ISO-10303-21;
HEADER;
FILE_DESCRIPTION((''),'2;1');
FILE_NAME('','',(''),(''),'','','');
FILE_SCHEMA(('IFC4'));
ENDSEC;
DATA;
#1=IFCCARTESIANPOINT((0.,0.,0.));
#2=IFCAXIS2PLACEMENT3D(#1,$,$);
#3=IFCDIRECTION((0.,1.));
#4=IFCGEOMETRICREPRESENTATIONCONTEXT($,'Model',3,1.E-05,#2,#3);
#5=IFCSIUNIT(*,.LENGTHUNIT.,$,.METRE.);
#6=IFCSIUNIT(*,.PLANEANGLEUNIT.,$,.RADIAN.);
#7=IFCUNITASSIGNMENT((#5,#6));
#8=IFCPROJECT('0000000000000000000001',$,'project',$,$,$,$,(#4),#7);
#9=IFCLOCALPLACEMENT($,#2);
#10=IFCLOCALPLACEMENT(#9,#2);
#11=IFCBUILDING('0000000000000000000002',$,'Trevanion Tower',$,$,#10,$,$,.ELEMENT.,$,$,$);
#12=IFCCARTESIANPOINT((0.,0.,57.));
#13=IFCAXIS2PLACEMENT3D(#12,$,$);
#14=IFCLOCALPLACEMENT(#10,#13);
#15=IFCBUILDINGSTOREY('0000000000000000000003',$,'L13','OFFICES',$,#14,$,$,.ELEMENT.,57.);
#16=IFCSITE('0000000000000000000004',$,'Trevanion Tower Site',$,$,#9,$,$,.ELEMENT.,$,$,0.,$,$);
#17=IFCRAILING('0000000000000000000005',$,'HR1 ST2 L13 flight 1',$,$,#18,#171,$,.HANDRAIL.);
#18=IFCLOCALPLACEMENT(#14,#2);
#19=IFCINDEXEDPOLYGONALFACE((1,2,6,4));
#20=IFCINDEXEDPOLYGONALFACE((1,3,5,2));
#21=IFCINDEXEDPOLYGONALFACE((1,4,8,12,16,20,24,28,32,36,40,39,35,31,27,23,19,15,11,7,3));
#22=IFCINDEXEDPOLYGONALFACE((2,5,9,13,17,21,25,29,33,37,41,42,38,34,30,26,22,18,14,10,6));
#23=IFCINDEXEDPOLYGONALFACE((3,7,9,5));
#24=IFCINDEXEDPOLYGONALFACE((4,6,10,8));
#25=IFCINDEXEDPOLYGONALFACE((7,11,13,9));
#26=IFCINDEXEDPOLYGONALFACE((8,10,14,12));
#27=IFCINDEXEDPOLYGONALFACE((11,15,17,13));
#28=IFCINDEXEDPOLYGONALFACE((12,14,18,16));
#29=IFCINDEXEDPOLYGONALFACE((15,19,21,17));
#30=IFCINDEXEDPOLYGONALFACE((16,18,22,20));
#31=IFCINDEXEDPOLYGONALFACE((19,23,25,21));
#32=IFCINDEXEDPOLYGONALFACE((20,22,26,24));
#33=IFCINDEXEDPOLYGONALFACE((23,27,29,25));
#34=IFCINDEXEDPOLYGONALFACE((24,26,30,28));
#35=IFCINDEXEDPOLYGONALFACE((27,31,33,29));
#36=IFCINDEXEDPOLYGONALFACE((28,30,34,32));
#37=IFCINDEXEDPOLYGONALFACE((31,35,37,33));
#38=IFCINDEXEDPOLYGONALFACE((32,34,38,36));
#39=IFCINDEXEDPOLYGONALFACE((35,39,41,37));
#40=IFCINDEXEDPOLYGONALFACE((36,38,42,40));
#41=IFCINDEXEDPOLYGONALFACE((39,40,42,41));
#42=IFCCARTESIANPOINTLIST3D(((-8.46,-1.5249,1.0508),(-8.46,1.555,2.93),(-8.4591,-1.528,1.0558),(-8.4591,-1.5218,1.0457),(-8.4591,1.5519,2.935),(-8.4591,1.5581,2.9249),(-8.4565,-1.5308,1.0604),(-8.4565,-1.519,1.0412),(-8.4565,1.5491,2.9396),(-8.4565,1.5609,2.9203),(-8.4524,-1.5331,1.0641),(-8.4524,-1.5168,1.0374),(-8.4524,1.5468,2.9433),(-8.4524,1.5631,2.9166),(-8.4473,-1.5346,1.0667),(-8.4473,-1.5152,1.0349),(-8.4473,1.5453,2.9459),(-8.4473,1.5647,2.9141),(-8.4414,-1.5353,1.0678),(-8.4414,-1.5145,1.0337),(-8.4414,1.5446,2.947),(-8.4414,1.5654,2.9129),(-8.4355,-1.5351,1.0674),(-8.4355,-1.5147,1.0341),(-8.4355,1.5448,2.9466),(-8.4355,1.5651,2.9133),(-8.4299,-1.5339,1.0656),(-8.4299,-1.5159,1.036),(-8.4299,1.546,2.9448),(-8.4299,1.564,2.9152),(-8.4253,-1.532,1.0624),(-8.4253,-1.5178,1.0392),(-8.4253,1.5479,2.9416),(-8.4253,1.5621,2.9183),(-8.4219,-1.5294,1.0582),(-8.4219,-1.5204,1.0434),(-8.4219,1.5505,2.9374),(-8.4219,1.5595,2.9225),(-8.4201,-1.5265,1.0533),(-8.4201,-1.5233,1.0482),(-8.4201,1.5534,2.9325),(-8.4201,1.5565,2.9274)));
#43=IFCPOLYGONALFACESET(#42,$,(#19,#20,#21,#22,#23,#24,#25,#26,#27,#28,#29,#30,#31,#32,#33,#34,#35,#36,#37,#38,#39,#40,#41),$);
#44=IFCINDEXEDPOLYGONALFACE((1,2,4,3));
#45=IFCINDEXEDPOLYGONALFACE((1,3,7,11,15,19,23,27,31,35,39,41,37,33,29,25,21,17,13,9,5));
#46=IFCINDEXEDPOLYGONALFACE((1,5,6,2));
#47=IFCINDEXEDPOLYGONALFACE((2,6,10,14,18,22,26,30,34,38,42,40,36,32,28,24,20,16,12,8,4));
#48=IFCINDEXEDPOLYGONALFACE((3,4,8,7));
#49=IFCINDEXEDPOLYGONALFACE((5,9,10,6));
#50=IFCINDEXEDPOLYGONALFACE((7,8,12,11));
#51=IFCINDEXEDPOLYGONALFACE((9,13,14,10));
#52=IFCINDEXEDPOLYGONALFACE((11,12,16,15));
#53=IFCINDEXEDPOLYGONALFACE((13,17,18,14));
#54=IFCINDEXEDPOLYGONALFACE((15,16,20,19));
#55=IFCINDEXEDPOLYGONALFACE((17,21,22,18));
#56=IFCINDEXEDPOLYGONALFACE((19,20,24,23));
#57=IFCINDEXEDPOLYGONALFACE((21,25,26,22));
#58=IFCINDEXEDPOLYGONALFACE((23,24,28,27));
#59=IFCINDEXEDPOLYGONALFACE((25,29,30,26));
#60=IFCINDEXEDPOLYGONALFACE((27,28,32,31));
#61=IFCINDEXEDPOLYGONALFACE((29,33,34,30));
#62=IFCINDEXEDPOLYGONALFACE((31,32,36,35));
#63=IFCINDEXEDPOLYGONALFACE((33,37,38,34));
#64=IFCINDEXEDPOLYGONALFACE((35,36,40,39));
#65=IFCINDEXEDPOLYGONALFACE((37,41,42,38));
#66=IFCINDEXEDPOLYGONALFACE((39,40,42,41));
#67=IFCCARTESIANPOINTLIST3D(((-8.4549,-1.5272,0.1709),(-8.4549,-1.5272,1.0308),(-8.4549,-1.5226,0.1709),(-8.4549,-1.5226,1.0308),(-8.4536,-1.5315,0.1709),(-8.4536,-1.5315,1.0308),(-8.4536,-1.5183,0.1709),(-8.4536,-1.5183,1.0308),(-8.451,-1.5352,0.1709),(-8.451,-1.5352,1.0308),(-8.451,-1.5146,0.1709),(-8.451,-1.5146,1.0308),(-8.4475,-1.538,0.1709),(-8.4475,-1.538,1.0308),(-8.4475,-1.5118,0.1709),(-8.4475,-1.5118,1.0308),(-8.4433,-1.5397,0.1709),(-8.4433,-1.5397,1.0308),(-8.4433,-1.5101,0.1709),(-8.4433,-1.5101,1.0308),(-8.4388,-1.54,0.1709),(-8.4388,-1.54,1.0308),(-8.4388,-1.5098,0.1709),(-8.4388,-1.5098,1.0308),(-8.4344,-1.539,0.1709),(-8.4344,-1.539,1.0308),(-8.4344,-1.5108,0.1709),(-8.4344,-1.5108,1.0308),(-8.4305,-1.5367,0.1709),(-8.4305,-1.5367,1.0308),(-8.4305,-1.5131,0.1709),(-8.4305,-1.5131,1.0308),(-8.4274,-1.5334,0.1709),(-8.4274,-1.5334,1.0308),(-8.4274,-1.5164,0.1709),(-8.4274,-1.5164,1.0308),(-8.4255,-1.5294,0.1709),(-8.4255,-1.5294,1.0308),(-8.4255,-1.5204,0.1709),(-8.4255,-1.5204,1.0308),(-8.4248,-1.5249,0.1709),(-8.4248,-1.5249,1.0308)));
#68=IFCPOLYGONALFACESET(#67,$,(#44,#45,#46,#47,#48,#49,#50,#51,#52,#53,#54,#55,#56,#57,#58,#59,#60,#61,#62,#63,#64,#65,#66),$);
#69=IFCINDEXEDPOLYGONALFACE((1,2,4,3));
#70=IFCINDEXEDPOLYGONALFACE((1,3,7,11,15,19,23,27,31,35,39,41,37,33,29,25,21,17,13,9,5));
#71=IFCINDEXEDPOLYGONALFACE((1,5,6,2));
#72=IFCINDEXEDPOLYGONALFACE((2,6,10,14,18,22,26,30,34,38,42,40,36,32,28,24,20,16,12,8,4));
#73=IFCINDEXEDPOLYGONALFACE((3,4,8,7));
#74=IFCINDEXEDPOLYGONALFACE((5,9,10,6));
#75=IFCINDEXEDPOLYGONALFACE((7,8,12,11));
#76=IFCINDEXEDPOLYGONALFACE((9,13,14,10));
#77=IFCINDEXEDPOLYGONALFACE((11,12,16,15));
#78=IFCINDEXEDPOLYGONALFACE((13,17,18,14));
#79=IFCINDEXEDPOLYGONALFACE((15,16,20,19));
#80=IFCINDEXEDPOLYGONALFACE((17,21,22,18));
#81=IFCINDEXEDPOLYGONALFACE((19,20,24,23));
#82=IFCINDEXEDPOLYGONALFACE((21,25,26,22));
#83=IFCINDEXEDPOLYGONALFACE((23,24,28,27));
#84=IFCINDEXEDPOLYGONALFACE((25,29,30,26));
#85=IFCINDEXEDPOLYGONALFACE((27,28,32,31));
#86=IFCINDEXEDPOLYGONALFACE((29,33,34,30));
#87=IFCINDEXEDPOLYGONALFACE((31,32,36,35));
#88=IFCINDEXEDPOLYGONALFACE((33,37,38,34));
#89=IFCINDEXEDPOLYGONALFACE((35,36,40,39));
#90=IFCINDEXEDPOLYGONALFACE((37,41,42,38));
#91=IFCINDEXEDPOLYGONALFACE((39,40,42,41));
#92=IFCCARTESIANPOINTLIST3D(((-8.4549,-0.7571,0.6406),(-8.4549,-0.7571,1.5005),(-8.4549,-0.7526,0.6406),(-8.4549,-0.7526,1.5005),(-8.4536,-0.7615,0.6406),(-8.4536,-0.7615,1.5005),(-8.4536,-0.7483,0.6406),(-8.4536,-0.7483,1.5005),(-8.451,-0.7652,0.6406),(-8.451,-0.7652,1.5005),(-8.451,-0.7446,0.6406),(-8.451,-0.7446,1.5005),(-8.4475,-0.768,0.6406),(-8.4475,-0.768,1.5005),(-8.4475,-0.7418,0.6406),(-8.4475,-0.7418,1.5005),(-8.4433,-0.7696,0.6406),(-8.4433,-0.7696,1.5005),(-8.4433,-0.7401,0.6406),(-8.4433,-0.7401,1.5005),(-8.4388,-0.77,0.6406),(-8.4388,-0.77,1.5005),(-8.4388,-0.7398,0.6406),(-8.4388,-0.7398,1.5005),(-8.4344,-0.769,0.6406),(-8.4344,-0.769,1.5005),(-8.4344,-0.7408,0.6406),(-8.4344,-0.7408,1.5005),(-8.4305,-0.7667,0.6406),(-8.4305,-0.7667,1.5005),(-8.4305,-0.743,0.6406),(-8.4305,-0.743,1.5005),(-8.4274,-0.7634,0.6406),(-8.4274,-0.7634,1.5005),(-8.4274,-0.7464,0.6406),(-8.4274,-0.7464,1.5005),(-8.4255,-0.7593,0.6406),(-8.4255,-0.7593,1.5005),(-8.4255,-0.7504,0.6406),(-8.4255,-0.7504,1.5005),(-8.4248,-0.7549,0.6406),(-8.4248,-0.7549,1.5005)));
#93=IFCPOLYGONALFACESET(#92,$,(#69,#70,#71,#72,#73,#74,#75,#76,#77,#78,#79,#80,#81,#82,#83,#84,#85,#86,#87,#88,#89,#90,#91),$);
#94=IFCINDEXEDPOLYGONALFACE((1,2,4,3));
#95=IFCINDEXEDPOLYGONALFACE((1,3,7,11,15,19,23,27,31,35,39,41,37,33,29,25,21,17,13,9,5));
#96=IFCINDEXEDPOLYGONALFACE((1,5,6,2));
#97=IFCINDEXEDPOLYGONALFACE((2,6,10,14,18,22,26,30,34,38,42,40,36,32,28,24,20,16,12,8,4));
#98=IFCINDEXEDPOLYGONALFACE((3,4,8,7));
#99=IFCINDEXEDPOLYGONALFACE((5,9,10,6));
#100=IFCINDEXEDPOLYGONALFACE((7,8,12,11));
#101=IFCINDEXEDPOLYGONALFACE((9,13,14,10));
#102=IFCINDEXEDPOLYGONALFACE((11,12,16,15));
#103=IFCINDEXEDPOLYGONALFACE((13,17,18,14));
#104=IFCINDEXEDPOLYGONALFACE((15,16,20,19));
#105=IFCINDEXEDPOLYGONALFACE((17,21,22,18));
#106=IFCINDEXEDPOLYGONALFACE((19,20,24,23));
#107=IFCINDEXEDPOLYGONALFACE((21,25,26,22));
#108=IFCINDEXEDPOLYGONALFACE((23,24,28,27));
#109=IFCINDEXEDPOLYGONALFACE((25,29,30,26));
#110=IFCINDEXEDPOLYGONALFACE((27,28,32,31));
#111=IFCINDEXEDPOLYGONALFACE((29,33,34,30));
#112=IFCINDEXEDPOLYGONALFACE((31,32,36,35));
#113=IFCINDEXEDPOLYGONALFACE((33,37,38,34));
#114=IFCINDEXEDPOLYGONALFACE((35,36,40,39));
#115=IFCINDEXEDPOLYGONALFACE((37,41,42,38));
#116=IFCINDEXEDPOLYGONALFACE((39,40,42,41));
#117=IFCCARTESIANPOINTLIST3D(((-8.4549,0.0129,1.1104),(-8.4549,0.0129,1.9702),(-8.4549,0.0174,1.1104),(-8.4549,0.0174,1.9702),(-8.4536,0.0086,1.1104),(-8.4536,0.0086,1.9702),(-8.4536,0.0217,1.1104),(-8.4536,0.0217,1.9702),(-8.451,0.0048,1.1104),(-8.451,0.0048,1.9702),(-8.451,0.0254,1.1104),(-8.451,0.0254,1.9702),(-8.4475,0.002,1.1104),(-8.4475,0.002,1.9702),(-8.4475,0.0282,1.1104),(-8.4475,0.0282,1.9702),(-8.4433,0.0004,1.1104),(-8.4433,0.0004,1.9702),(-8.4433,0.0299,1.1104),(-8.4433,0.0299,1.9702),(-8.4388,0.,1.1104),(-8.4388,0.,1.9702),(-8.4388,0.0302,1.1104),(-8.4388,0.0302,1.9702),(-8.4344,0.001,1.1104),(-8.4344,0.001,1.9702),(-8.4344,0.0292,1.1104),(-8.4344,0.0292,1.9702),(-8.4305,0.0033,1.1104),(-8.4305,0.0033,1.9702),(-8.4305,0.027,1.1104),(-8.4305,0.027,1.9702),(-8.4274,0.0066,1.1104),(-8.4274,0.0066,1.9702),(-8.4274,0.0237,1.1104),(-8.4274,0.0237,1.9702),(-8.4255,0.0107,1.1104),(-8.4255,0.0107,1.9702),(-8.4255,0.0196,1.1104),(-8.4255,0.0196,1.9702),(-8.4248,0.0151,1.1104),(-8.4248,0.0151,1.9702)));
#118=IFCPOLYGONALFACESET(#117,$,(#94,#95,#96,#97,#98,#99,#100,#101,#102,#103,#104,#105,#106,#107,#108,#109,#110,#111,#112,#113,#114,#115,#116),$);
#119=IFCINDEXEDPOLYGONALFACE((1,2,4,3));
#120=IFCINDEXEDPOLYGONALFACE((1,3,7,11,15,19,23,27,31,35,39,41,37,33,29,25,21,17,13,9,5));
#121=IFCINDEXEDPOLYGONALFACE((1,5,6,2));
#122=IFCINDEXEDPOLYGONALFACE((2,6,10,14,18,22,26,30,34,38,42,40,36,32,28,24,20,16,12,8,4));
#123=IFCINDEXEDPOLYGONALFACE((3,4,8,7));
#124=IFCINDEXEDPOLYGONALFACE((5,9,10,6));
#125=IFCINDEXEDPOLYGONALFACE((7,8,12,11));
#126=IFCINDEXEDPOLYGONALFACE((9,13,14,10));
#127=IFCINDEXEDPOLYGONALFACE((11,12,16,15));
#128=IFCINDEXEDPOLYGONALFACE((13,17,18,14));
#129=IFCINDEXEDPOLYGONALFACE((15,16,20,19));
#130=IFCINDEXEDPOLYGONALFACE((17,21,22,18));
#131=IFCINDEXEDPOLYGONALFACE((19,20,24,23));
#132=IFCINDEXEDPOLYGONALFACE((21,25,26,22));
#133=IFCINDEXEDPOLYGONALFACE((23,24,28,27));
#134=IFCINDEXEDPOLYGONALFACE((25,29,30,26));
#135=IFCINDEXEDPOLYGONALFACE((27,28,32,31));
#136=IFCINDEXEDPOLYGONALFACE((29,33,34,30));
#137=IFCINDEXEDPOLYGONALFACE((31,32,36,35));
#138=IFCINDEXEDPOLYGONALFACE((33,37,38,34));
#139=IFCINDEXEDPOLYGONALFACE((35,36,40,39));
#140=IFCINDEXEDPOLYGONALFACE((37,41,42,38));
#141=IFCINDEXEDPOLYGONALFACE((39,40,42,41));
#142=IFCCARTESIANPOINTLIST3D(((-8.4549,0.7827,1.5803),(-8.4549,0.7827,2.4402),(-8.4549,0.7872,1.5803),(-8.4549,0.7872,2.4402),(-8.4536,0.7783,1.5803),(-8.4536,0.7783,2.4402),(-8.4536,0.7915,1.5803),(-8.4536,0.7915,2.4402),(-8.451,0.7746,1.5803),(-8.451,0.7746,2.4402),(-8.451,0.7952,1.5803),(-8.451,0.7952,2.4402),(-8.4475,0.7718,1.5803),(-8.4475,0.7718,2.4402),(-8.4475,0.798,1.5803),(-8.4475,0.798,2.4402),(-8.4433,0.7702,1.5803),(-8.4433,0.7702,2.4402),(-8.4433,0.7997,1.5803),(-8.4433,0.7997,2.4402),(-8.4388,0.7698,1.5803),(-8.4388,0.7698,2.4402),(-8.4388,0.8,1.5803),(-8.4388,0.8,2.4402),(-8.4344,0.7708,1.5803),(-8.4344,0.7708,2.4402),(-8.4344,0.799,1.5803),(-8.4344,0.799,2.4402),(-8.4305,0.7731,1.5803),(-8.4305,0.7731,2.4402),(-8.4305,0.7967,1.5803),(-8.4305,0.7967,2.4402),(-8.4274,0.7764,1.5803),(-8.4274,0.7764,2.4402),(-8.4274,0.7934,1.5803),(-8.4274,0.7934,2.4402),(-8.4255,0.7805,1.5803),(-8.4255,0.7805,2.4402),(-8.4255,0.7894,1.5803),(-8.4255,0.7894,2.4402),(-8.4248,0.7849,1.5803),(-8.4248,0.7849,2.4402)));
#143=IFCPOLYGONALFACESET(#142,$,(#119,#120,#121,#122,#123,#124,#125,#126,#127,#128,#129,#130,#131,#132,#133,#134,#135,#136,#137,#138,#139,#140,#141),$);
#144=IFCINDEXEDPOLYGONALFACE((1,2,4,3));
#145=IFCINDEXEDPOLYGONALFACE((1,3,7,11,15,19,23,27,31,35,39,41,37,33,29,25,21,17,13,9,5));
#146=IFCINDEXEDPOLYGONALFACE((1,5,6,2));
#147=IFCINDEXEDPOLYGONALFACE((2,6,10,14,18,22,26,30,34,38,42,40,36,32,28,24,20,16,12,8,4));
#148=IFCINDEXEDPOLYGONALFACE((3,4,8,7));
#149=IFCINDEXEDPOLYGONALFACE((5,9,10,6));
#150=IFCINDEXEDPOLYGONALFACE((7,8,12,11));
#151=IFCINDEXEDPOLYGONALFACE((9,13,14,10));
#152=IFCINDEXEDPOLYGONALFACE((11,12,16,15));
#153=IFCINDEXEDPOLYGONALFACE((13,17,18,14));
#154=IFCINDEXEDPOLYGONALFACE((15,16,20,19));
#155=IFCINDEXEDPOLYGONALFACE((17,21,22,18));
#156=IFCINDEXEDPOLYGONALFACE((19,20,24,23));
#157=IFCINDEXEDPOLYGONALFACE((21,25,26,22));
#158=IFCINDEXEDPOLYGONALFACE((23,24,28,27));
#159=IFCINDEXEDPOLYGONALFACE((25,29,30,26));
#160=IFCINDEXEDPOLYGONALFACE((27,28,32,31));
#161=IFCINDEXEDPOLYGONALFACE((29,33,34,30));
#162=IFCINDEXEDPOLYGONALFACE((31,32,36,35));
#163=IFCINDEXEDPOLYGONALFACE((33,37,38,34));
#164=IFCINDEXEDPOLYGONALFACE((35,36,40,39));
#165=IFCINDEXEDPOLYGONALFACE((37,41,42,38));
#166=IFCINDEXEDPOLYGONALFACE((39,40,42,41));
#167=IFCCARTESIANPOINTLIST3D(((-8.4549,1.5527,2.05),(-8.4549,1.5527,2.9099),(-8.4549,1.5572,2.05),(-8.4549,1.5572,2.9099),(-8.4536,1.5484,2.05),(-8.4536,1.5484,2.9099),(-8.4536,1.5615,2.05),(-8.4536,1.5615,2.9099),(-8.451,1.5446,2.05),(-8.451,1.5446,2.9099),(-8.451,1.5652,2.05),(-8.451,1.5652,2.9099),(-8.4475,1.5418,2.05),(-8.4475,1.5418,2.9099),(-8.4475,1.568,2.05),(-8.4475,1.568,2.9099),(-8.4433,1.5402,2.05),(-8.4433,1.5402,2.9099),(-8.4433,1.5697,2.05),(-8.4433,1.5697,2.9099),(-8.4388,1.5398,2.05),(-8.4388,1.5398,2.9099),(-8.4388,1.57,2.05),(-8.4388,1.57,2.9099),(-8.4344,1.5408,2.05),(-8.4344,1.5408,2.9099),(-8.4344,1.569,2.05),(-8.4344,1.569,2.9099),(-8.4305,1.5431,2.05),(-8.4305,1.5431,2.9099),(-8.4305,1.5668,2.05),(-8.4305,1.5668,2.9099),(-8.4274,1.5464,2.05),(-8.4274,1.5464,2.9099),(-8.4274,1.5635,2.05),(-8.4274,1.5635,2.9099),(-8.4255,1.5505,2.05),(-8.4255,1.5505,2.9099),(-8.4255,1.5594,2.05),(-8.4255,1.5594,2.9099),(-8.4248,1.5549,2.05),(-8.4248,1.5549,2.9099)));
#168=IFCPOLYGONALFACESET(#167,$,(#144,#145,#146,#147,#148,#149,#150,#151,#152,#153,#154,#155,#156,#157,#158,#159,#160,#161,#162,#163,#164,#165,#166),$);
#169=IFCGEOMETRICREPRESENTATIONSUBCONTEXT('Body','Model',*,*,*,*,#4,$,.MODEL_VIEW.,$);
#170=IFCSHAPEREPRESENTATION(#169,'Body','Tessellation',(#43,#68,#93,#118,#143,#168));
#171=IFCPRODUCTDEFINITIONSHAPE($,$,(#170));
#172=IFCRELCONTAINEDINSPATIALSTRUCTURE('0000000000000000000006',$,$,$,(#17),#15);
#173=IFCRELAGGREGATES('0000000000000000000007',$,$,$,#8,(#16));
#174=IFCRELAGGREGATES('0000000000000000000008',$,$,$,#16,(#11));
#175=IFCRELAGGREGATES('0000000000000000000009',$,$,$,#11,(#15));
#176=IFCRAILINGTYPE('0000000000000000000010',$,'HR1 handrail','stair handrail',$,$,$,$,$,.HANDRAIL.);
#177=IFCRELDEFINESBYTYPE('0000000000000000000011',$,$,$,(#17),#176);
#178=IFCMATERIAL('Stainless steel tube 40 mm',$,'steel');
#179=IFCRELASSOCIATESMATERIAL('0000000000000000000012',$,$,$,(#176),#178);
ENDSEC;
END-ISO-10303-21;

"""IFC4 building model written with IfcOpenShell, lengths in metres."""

from ifc_helpers import new_model, si_unit, direction, frame, origin, origin_2d, place, context, subcontext, project, spatial, circle, extrude, material, type_object, element, save


model = new_model("IFC4")

# Units and contexts
model_context = context("Model", 3, precision=1e-05, world=origin(), true_north=direction((0.0, 1.0)))
body_context = subcontext(model_context, "Body", "Model", "MODEL_VIEW")
ifc_project = project(units=[si_unit("LENGTHUNIT", "METRE"), si_unit("PLANEANGLEUNIT", "RADIAN")], contexts=[model_context])

# Site, building, storey
site_placement = place(None, origin())
site = spatial("IfcSite", under=ifc_project, at=site_placement, Name="Trevanion Tower Site", CompositionType="ELEMENT", RefElevation=0.0)
building_placement = place(site_placement, origin())
building = spatial("IfcBuilding", under=site, at=building_placement, Name="Trevanion Tower", CompositionType="ELEMENT")
storey_placement = place(building_placement, frame((0.0, 0.0, 57.0)))
storey = spatial("IfcBuildingStorey", under=building, at=storey_placement, Name="L13", Description="OFFICES", CompositionType="ELEMENT", Elevation=57.0)

# Railing
ifc_material_1 = material(Name="Stainless steel tube 40 mm", Category="steel")
railing_type = type_object("IfcRailingType", Name="HR1 handrail", Description="stair handrail", PredefinedType="HANDRAIL", material=ifc_material_1)
for number, where, name in (
    (1, (-8.4399, -1.5249, 0.1709), "HR1 ST2 L13 flight 1"),
):
    element("IfcRailing", number, at=place(storey_placement, frame(where)), inside=storey, type_object=railing_type, Name=name, PredefinedType="HANDRAIL", context=body_context, shape_type="SweptSolid", body=[
        extrude(circle(Radius=0.02, at=origin_2d()), frame((0.0, 0.0, 0.8799), z_axis=(0.0, 0.853648, 0.52085), x_axis=(-1.0, 0.0, 0.0)), (0.0, 0.0, 1.0), 3.6079),
        extrude(circle(Radius=0.0151, at=origin_2d()), origin(), (0.0, 0.0, 1.0), 0.8599),
        extrude(circle(Radius=0.0151, at=origin_2d()), frame((0.0, 0.77, 0.4697)), (0.0, 0.0, 1.0), 0.8599),
        extrude(circle(Radius=0.0151, at=origin_2d()), frame((0.0, 1.54, 0.9395)), (0.0, 0.0, 1.0), 0.8599),
        extrude(circle(Radius=0.0151, at=origin_2d()), frame((0.0, 2.3098, 1.4094)), (0.0, 0.0, 1.0), 0.8599),
        extrude(circle(Radius=0.0151, at=origin_2d()), frame((0.0, 3.0798, 1.8792)), (0.0, 0.0, 1.0), 0.8599),
    ])

save(model, "model.ifc")
